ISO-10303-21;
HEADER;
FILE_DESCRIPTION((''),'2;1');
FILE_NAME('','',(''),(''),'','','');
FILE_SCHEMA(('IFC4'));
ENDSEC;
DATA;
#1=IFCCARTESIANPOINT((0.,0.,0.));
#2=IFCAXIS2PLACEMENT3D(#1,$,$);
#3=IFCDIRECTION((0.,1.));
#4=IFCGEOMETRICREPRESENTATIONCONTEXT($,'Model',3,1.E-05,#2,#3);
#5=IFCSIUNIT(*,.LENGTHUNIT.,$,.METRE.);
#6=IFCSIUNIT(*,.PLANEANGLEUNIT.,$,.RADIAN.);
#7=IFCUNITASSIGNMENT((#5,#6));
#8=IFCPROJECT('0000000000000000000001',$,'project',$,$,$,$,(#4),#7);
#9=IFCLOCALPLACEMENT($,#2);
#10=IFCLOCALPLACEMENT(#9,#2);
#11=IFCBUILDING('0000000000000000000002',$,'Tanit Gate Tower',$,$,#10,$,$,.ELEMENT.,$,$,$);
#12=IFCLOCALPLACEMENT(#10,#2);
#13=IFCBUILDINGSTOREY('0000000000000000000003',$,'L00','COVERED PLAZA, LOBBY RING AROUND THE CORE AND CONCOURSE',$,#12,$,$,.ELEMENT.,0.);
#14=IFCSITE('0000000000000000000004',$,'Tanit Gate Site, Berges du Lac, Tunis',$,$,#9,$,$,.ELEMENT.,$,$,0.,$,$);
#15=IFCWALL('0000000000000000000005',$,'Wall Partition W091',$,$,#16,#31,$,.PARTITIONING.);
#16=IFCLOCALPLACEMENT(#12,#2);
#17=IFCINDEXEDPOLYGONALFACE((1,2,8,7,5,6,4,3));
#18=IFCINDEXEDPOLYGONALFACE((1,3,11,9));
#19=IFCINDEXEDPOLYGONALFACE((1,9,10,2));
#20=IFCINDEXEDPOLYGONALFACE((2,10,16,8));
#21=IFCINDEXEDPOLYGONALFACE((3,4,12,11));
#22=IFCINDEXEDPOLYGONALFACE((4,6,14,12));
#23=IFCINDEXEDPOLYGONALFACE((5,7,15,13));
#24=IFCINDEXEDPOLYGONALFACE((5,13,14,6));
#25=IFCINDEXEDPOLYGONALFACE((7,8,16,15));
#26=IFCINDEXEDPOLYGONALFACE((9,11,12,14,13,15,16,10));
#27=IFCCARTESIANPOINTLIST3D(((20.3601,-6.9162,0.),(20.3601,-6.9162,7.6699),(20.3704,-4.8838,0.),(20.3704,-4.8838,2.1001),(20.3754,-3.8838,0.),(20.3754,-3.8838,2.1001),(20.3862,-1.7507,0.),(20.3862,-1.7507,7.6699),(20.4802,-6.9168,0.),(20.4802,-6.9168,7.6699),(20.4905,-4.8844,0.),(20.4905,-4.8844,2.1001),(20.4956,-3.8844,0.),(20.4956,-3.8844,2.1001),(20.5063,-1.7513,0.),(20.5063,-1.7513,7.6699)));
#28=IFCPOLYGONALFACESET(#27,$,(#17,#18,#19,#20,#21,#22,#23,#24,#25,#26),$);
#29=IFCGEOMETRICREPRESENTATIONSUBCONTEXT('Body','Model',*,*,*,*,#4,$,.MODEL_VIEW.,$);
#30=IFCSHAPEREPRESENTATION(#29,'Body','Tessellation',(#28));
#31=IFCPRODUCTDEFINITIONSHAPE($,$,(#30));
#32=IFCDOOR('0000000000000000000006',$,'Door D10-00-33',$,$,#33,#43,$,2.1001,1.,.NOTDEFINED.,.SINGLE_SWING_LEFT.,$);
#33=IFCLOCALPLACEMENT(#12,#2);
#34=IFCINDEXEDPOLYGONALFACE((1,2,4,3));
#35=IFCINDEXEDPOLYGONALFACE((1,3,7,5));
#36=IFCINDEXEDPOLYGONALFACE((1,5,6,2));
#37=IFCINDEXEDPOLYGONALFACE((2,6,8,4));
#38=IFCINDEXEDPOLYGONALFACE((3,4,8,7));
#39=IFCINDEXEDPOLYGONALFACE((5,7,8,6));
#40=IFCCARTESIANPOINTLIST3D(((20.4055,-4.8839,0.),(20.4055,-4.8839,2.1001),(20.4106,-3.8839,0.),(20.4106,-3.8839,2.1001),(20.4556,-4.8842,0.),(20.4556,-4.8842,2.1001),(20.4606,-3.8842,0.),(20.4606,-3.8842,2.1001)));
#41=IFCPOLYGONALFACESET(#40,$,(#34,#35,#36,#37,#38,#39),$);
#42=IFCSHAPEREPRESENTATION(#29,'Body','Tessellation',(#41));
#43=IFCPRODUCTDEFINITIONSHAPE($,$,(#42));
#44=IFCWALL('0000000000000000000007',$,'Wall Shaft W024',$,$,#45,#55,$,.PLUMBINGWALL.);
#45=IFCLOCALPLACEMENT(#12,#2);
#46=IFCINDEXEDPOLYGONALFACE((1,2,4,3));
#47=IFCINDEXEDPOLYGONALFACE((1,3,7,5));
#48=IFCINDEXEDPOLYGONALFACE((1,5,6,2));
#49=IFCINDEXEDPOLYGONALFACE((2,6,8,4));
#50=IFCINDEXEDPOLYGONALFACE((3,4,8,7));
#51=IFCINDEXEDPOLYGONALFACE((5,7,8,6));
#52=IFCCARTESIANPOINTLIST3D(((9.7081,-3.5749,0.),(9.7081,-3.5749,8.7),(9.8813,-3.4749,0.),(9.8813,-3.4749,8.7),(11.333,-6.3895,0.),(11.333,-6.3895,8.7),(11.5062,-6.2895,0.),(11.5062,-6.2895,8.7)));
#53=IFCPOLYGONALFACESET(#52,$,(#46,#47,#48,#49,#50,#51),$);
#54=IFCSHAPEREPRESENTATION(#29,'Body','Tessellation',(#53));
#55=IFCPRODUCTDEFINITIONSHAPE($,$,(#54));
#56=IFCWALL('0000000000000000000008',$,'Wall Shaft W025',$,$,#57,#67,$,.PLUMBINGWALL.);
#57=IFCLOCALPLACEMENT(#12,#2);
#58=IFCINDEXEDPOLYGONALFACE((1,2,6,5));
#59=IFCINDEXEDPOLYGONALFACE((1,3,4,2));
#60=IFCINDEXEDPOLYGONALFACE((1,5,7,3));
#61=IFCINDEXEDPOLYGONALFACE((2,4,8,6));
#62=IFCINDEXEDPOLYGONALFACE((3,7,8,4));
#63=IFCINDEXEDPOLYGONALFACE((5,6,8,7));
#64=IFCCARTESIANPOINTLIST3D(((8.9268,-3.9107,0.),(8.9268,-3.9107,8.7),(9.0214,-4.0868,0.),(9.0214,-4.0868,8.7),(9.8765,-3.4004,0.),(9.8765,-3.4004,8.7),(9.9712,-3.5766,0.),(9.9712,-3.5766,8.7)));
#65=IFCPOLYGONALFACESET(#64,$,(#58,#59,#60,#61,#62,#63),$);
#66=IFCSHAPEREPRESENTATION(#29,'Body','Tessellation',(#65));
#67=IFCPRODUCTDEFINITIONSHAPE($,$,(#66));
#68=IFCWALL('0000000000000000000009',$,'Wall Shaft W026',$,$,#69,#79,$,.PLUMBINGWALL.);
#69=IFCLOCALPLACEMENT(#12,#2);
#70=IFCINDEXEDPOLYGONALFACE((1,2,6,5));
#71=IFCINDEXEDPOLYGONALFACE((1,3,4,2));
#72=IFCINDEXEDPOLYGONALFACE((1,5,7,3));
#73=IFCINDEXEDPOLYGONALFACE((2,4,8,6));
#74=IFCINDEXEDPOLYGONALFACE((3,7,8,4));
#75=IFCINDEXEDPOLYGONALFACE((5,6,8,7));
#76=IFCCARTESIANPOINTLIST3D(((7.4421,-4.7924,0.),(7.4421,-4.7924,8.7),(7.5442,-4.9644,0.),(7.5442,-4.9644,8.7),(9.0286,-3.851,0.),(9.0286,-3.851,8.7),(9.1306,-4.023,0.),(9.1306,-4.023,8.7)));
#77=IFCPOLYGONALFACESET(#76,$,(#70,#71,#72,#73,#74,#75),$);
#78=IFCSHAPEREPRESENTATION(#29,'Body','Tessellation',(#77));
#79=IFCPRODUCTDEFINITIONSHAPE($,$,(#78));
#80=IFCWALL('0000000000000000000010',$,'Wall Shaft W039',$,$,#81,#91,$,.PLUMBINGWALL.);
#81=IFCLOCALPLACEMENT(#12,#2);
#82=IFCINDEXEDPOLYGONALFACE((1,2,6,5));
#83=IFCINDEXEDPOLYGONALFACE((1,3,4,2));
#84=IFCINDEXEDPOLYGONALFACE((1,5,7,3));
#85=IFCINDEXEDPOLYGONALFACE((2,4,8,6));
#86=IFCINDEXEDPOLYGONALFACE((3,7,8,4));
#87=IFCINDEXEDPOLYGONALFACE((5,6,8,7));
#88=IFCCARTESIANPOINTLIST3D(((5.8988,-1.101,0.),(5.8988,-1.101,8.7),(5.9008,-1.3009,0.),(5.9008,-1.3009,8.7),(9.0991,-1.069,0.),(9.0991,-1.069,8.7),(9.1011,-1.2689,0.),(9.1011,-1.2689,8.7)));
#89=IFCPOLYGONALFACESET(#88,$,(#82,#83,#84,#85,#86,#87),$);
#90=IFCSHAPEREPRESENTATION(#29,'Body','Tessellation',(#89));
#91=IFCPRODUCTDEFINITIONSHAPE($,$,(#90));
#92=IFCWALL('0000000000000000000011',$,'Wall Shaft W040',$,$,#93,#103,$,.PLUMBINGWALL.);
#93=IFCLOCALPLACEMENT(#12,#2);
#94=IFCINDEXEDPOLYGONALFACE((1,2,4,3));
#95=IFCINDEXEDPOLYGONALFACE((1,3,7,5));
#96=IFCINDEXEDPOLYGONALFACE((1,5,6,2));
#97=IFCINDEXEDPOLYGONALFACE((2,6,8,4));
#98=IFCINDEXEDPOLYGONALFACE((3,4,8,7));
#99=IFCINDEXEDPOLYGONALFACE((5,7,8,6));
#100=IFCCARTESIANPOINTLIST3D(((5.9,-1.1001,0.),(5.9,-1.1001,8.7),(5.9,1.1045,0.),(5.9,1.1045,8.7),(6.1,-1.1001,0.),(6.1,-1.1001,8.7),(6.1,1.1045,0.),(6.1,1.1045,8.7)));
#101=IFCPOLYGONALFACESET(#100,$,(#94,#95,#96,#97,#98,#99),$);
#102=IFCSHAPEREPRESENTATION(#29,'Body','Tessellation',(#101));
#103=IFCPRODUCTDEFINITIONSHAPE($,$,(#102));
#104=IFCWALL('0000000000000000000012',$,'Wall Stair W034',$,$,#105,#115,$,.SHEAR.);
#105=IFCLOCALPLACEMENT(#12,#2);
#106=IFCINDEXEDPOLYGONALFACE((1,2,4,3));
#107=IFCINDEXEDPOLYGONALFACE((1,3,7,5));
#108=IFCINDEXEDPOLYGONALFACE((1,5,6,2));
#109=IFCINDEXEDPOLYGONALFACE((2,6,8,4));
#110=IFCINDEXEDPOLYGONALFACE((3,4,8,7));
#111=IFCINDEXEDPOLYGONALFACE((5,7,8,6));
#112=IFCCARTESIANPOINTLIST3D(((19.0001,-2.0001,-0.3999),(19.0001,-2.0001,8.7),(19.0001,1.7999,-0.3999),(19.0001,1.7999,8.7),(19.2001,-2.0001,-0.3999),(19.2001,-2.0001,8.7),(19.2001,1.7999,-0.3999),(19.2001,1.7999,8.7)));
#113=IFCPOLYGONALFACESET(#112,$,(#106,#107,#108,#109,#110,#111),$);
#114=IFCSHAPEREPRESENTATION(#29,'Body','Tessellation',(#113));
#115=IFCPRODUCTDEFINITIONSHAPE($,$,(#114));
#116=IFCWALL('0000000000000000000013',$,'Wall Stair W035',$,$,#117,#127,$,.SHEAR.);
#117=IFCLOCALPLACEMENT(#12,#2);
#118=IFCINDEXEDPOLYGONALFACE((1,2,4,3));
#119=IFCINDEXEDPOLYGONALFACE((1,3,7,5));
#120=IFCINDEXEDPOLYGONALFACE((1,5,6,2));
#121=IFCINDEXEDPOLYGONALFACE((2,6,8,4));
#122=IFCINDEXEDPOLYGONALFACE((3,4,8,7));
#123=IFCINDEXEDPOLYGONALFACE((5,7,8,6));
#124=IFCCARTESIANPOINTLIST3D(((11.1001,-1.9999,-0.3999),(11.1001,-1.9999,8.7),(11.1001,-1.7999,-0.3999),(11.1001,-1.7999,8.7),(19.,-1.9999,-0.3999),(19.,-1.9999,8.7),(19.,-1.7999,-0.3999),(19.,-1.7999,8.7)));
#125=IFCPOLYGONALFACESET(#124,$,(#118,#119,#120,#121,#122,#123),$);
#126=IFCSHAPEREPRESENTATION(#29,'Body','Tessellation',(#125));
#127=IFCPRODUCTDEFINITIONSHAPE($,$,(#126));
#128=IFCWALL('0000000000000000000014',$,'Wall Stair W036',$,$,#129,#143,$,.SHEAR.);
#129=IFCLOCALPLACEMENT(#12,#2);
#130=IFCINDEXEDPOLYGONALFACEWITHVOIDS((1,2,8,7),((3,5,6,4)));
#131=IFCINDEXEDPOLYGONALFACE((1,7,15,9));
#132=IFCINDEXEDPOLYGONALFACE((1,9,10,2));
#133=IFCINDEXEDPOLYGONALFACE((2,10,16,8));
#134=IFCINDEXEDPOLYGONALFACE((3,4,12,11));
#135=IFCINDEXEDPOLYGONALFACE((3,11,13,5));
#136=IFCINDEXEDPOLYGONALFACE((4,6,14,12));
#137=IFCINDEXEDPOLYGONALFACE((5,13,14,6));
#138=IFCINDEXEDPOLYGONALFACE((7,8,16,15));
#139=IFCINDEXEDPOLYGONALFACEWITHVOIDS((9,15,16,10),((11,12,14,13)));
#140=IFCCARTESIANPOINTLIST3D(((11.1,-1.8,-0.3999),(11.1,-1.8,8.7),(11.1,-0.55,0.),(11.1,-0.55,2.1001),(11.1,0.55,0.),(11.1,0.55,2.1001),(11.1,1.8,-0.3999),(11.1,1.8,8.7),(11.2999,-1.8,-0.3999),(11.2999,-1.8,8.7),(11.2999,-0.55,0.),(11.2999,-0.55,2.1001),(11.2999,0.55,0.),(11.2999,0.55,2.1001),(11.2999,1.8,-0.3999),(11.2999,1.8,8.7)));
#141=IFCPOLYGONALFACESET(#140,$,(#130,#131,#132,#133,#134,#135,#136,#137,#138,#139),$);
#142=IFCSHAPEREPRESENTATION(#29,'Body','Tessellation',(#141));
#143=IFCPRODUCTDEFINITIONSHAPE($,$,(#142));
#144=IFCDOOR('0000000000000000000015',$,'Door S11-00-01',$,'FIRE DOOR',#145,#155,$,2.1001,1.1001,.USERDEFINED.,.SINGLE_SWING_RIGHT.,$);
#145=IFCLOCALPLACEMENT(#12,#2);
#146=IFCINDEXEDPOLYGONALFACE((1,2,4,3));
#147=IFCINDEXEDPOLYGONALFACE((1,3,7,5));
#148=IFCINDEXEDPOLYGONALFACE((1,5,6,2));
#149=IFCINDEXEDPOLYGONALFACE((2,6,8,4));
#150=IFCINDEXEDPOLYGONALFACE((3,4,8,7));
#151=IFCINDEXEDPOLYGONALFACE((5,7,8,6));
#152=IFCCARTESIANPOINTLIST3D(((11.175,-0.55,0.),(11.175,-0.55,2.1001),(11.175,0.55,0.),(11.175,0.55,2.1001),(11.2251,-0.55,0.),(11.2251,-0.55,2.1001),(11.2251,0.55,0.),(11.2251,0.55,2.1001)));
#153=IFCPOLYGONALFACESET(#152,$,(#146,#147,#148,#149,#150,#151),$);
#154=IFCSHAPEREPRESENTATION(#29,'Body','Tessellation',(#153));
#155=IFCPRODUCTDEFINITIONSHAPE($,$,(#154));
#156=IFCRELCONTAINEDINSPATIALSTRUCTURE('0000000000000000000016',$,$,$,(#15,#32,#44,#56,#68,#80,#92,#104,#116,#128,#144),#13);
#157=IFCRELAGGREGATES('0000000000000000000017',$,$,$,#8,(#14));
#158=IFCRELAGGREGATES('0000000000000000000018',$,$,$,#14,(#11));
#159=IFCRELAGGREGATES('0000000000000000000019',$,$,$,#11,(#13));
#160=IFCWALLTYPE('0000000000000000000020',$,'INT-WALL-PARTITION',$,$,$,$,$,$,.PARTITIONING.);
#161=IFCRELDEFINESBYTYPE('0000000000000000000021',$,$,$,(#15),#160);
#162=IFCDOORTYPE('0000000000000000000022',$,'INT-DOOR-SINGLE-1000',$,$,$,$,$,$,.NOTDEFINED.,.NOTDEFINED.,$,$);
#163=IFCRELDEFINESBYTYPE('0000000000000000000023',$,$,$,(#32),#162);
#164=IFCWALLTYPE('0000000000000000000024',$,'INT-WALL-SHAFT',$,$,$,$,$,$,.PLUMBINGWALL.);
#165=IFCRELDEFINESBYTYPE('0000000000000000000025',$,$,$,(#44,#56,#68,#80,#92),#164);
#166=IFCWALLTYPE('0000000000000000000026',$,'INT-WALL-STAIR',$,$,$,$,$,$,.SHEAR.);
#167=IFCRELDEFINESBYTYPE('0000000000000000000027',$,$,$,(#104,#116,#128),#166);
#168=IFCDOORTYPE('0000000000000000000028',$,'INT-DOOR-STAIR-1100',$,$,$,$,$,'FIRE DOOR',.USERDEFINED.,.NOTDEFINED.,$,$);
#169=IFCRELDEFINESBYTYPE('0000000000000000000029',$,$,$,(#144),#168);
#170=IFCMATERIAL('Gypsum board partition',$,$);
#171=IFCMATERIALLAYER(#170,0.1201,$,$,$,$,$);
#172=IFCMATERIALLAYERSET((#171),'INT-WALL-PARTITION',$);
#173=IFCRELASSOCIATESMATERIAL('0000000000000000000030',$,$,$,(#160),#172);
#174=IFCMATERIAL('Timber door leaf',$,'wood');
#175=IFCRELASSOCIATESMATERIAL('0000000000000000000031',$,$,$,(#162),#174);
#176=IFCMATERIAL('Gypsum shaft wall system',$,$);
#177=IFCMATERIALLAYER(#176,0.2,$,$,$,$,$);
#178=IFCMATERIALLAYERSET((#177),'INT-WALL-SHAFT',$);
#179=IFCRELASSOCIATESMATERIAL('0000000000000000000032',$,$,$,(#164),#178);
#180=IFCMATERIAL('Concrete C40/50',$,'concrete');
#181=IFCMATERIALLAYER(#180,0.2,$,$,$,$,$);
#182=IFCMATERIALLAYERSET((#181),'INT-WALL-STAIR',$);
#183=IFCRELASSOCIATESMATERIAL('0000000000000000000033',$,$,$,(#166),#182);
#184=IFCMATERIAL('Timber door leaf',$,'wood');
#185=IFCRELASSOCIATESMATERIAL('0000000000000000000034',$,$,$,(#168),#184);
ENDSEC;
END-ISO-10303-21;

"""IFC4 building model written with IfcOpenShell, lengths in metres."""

from ifc_helpers import new_model, si_unit, direction, frame, frame_2d, origin, place, context, subcontext, project, spatial, rectangle, extrude, material, layer, layer_set, type_object, element, fill, save


model = new_model("IFC4")

# Units and contexts
model_context = context("Model", 3, precision=1e-05, world=origin(), true_north=direction((0.0, 1.0)))
body_context = subcontext(model_context, "Body", "Model", "MODEL_VIEW")
ifc_project = project(units=[si_unit("LENGTHUNIT", "METRE"), si_unit("PLANEANGLEUNIT", "RADIAN")], contexts=[model_context])

# Site, building, storey
site_placement = place(None, origin())
site = spatial("IfcSite", under=ifc_project, at=site_placement, Name="Tanit Gate Site, Berges du Lac, Tunis", CompositionType="ELEMENT", RefElevation=0.0)
building_placement = place(site_placement, origin())
building = spatial("IfcBuilding", under=site, at=building_placement, Name="Tanit Gate Tower", CompositionType="ELEMENT")
storey_placement = place(building_placement, origin())
storey = spatial("IfcBuildingStorey", under=building, at=storey_placement, Name="L00", Description="COVERED PLAZA, LOBBY RING AROUND THE CORE AND CONCOURSE", CompositionType="ELEMENT", Elevation=0.0)

# Shared definitions
ifc_material_1 = material(Name="Gypsum board partition")
ifc_layer_1 = layer(ifc_material_1, 0.1201)
ifc_layer_set_1 = layer_set([ifc_layer_1], Name="INT-WALL-PARTITION")
wall_type_1 = type_object("IfcWallType", Name="INT-WALL-PARTITION", PredefinedType="PARTITIONING", material=ifc_layer_set_1)

# Wall, opening, door
wall_1_placement = place(storey_placement, frame((20.4202, -6.9165, 0.0), z_axis=(0.0, 0.0, 1.0), x_axis=(0.005057, 0.999987, 0.0)))
wall_1 = element("IfcWall", 1, at=wall_1_placement, inside=storey, type_object=wall_type_1, Name="Wall Partition W091", PredefinedType="PARTITIONING", context=body_context, shape_type="SweptSolid", body=[
    extrude(rectangle(XDim=5.1655, YDim=0.1201, at=frame_2d((2.5828, 0.0))), origin(), (0.0, 0.0, 1.0), 7.6699),
])
opening_1_placement = place(wall_1_placement, frame((2.0325, 0.0, 0.0)))
opening_1 = element("IfcOpeningElement", 2, at=opening_1_placement, cuts=wall_1, PredefinedType="OPENING", context=body_context, shape_type="SweptSolid", body=[
    extrude(rectangle(XDim=1.0, YDim=2.1001, at=frame_2d((0.5, 1.05))), frame((0.0, 0.0701, 0.0), z_axis=(0.0, -1.0, 0.0), x_axis=(1.0, 0.0, 0.0)), (0.0, 0.0, 1.0), 0.1401),
])
ifc_material_2 = material(Name="Timber door leaf", Category="wood")
door_type_1 = type_object("IfcDoorType", Name="INT-DOOR-SINGLE-1000", OperationType="NOTDEFINED", PredefinedType="NOTDEFINED", material=ifc_material_2)
door_1_placement = place(opening_1_placement, origin())
door_1 = element("IfcDoor", 3, at=door_1_placement, inside=storey, type_object=door_type_1, Name="Door D10-00-33", OperationType="SINGLE_SWING_LEFT", OverallHeight=2.1001, OverallWidth=1.0, PredefinedType="NOTDEFINED", context=body_context, shape_type="SweptSolid", body=[
    extrude(rectangle(XDim=1.0, YDim=2.1001, at=frame_2d((0.5, 1.05))), frame((0.0, 0.0249, 0.0), z_axis=(0.0, -1.0, 0.0), x_axis=(1.0, 0.0, 0.0)), (0.0, 0.0, 1.0), 0.05),
])
fill(opening_1, door_1)

# Walls
ifc_material_3 = material(Name="Gypsum shaft wall system")
ifc_layer_2 = layer(ifc_material_3, 0.2)
ifc_layer_set_2 = layer_set([ifc_layer_2], Name="INT-WALL-SHAFT")
wall_type_2 = type_object("IfcWallType", Name="INT-WALL-SHAFT", PredefinedType="PLUMBINGWALL", material=ifc_layer_set_2)
wall_2_placement = place(storey_placement, frame((9.7947, -3.5249, 0.0), z_axis=(0.0, 0.0, 1.0), x_axis=(0.499985, -0.866034, 0.0)))
element("IfcWall", 4, at=wall_2_placement, inside=storey, type_object=wall_type_2, Name="Wall Shaft W024", PredefinedType="PLUMBINGWALL", context=body_context, shape_type="SweptSolid", body=[
    extrude(rectangle(XDim=3.25, YDim=0.2, at=frame_2d((1.625, 0.0))), origin(), (0.0, 0.0, 1.0), 8.7),
])
wall_3_placement = place(storey_placement, frame((8.9741, -3.9988, 0.0), z_axis=(0.0, 0.0, 1.0), x_axis=(0.880907, 0.473289, 0.0)))
element("IfcWall", 5, at=wall_3_placement, inside=storey, type_object=wall_type_2, Name="Wall Shaft W025", PredefinedType="PLUMBINGWALL", context=body_context, shape_type="SweptSolid", body=[
    extrude(rectangle(XDim=1.0781, YDim=0.2, at=frame_2d((0.5391, 0.0))), origin(), (0.0, 0.0, 1.0), 8.7),
])
wall_4_placement = place(storey_placement, frame((7.4932, -4.8784, 0.0), z_axis=(0.0, 0.0, 1.0), x_axis=(0.859982, 0.510325, 0.0)))
element("IfcWall", 6, at=wall_4_placement, inside=storey, type_object=wall_type_2, Name="Wall Shaft W026", PredefinedType="PLUMBINGWALL", context=body_context, shape_type="SweptSolid", body=[
    extrude(rectangle(XDim=1.8447, YDim=0.2, at=frame_2d((0.9224, 0.0))), origin(), (0.0, 0.0, 1.0), 8.7),
])
wall_5_placement = place(storey_placement, frame((5.8999, -1.2009, 0.0), z_axis=(0.0, 0.0, 1.0), x_axis=(0.99995, 0.009993, 0.0)))
element("IfcWall", 7, at=wall_5_placement, inside=storey, type_object=wall_type_2, Name="Wall Shaft W039", PredefinedType="PLUMBINGWALL", context=body_context, shape_type="SweptSolid", body=[
    extrude(rectangle(XDim=3.2004, YDim=0.2, at=frame_2d((1.6001, 0.0))), origin(), (0.0, 0.0, 1.0), 8.7),
])
wall_6_placement = place(storey_placement, frame((6.0, -1.1001, 0.0), z_axis=(0.0, 0.0, 1.0), x_axis=(0.0, 1.0, 0.0)))
element("IfcWall", 8, at=wall_6_placement, inside=storey, type_object=wall_type_2, Name="Wall Shaft W040", PredefinedType="PLUMBINGWALL", context=body_context, shape_type="SweptSolid", body=[
    extrude(rectangle(XDim=2.2046, YDim=0.2, at=frame_2d((1.1023, 0.0))), origin(), (0.0, 0.0, 1.0), 8.7),
])
ifc_material_4 = material(Name="Concrete C40/50", Category="concrete")
ifc_layer_3 = layer(ifc_material_4, 0.2)
ifc_layer_set_3 = layer_set([ifc_layer_3], Name="INT-WALL-STAIR")
wall_type_3 = type_object("IfcWallType", Name="INT-WALL-STAIR", PredefinedType="SHEAR", material=ifc_layer_set_3)
wall_7_placement = place(storey_placement, frame((19.1001, -2.0, -0.3999), z_axis=(0.0, 0.0, 1.0), x_axis=(0.0, 1.0, 0.0)))
element("IfcWall", 9, at=wall_7_placement, inside=storey, type_object=wall_type_3, Name="Wall Stair W034", PredefinedType="SHEAR", context=body_context, shape_type="SweptSolid", body=[
    extrude(rectangle(XDim=3.8, YDim=0.2, at=frame_2d((1.8999, 0.0))), origin(), (0.0, 0.0, 1.0), 9.0999),
])
wall_8_placement = place(storey_placement, frame((11.1001, -1.8999, -0.3999), z_axis=(0.0, 0.0, 1.0), x_axis=(1.0, 0.0, 0.0)))
element("IfcWall", 10, at=wall_8_placement, inside=storey, type_object=wall_type_3, Name="Wall Stair W035", PredefinedType="SHEAR", context=body_context, shape_type="SweptSolid", body=[
    extrude(rectangle(XDim=7.8999, YDim=0.2, at=frame_2d((3.95, 0.0))), origin(), (0.0, 0.0, 1.0), 9.0999),
])

# Wall, opening, door
wall_9_placement = place(storey_placement, frame((11.2, -1.8, -0.3999), z_axis=(0.0, 0.0, 1.0), x_axis=(0.0, 1.0, 0.0)))
wall_9 = element("IfcWall", 11, at=wall_9_placement, inside=storey, type_object=wall_type_3, Name="Wall Stair W036", PredefinedType="SHEAR", context=body_context, shape_type="SweptSolid", body=[
    extrude(rectangle(XDim=3.6001, YDim=0.2, at=frame_2d((1.8, 0.0))), origin(), (0.0, 0.0, 1.0), 9.0999),
])
opening_2_placement = place(wall_9_placement, frame((1.25, 0.0, 0.3999)))
opening_2 = element("IfcOpeningElement", 12, at=opening_2_placement, cuts=wall_9, PredefinedType="OPENING", context=body_context, shape_type="SweptSolid", body=[
    extrude(rectangle(XDim=1.1001, YDim=2.1001, at=frame_2d((0.55, 1.05))), frame((0.0, 0.1099, 0.0), z_axis=(0.0, -1.0, 0.0), x_axis=(1.0, 0.0, 0.0)), (0.0, 0.0, 1.0), 0.22),
])
ifc_material_5 = material(Name="Timber door leaf", Category="wood")
door_type_2 = type_object("IfcDoorType", Name="INT-DOOR-STAIR-1100", ElementType="FIRE DOOR", OperationType="NOTDEFINED", PredefinedType="USERDEFINED", material=ifc_material_5)
door_2_placement = place(opening_2_placement, origin())
door_2 = element("IfcDoor", 13, at=door_2_placement, inside=storey, type_object=door_type_2, Name="Door S11-00-01", ObjectType="FIRE DOOR", OperationType="SINGLE_SWING_RIGHT", OverallHeight=2.1001, OverallWidth=1.1001, PredefinedType="USERDEFINED", context=body_context, shape_type="SweptSolid", body=[
    extrude(rectangle(XDim=1.1001, YDim=2.1001, at=frame_2d((0.55, 1.05))), frame((0.0, 0.0249, 0.0), z_axis=(0.0, -1.0, 0.0), x_axis=(1.0, 0.0, 0.0)), (0.0, 0.0, 1.0), 0.05),
])
fill(opening_2, door_2)

save(model, "model.ifc")
